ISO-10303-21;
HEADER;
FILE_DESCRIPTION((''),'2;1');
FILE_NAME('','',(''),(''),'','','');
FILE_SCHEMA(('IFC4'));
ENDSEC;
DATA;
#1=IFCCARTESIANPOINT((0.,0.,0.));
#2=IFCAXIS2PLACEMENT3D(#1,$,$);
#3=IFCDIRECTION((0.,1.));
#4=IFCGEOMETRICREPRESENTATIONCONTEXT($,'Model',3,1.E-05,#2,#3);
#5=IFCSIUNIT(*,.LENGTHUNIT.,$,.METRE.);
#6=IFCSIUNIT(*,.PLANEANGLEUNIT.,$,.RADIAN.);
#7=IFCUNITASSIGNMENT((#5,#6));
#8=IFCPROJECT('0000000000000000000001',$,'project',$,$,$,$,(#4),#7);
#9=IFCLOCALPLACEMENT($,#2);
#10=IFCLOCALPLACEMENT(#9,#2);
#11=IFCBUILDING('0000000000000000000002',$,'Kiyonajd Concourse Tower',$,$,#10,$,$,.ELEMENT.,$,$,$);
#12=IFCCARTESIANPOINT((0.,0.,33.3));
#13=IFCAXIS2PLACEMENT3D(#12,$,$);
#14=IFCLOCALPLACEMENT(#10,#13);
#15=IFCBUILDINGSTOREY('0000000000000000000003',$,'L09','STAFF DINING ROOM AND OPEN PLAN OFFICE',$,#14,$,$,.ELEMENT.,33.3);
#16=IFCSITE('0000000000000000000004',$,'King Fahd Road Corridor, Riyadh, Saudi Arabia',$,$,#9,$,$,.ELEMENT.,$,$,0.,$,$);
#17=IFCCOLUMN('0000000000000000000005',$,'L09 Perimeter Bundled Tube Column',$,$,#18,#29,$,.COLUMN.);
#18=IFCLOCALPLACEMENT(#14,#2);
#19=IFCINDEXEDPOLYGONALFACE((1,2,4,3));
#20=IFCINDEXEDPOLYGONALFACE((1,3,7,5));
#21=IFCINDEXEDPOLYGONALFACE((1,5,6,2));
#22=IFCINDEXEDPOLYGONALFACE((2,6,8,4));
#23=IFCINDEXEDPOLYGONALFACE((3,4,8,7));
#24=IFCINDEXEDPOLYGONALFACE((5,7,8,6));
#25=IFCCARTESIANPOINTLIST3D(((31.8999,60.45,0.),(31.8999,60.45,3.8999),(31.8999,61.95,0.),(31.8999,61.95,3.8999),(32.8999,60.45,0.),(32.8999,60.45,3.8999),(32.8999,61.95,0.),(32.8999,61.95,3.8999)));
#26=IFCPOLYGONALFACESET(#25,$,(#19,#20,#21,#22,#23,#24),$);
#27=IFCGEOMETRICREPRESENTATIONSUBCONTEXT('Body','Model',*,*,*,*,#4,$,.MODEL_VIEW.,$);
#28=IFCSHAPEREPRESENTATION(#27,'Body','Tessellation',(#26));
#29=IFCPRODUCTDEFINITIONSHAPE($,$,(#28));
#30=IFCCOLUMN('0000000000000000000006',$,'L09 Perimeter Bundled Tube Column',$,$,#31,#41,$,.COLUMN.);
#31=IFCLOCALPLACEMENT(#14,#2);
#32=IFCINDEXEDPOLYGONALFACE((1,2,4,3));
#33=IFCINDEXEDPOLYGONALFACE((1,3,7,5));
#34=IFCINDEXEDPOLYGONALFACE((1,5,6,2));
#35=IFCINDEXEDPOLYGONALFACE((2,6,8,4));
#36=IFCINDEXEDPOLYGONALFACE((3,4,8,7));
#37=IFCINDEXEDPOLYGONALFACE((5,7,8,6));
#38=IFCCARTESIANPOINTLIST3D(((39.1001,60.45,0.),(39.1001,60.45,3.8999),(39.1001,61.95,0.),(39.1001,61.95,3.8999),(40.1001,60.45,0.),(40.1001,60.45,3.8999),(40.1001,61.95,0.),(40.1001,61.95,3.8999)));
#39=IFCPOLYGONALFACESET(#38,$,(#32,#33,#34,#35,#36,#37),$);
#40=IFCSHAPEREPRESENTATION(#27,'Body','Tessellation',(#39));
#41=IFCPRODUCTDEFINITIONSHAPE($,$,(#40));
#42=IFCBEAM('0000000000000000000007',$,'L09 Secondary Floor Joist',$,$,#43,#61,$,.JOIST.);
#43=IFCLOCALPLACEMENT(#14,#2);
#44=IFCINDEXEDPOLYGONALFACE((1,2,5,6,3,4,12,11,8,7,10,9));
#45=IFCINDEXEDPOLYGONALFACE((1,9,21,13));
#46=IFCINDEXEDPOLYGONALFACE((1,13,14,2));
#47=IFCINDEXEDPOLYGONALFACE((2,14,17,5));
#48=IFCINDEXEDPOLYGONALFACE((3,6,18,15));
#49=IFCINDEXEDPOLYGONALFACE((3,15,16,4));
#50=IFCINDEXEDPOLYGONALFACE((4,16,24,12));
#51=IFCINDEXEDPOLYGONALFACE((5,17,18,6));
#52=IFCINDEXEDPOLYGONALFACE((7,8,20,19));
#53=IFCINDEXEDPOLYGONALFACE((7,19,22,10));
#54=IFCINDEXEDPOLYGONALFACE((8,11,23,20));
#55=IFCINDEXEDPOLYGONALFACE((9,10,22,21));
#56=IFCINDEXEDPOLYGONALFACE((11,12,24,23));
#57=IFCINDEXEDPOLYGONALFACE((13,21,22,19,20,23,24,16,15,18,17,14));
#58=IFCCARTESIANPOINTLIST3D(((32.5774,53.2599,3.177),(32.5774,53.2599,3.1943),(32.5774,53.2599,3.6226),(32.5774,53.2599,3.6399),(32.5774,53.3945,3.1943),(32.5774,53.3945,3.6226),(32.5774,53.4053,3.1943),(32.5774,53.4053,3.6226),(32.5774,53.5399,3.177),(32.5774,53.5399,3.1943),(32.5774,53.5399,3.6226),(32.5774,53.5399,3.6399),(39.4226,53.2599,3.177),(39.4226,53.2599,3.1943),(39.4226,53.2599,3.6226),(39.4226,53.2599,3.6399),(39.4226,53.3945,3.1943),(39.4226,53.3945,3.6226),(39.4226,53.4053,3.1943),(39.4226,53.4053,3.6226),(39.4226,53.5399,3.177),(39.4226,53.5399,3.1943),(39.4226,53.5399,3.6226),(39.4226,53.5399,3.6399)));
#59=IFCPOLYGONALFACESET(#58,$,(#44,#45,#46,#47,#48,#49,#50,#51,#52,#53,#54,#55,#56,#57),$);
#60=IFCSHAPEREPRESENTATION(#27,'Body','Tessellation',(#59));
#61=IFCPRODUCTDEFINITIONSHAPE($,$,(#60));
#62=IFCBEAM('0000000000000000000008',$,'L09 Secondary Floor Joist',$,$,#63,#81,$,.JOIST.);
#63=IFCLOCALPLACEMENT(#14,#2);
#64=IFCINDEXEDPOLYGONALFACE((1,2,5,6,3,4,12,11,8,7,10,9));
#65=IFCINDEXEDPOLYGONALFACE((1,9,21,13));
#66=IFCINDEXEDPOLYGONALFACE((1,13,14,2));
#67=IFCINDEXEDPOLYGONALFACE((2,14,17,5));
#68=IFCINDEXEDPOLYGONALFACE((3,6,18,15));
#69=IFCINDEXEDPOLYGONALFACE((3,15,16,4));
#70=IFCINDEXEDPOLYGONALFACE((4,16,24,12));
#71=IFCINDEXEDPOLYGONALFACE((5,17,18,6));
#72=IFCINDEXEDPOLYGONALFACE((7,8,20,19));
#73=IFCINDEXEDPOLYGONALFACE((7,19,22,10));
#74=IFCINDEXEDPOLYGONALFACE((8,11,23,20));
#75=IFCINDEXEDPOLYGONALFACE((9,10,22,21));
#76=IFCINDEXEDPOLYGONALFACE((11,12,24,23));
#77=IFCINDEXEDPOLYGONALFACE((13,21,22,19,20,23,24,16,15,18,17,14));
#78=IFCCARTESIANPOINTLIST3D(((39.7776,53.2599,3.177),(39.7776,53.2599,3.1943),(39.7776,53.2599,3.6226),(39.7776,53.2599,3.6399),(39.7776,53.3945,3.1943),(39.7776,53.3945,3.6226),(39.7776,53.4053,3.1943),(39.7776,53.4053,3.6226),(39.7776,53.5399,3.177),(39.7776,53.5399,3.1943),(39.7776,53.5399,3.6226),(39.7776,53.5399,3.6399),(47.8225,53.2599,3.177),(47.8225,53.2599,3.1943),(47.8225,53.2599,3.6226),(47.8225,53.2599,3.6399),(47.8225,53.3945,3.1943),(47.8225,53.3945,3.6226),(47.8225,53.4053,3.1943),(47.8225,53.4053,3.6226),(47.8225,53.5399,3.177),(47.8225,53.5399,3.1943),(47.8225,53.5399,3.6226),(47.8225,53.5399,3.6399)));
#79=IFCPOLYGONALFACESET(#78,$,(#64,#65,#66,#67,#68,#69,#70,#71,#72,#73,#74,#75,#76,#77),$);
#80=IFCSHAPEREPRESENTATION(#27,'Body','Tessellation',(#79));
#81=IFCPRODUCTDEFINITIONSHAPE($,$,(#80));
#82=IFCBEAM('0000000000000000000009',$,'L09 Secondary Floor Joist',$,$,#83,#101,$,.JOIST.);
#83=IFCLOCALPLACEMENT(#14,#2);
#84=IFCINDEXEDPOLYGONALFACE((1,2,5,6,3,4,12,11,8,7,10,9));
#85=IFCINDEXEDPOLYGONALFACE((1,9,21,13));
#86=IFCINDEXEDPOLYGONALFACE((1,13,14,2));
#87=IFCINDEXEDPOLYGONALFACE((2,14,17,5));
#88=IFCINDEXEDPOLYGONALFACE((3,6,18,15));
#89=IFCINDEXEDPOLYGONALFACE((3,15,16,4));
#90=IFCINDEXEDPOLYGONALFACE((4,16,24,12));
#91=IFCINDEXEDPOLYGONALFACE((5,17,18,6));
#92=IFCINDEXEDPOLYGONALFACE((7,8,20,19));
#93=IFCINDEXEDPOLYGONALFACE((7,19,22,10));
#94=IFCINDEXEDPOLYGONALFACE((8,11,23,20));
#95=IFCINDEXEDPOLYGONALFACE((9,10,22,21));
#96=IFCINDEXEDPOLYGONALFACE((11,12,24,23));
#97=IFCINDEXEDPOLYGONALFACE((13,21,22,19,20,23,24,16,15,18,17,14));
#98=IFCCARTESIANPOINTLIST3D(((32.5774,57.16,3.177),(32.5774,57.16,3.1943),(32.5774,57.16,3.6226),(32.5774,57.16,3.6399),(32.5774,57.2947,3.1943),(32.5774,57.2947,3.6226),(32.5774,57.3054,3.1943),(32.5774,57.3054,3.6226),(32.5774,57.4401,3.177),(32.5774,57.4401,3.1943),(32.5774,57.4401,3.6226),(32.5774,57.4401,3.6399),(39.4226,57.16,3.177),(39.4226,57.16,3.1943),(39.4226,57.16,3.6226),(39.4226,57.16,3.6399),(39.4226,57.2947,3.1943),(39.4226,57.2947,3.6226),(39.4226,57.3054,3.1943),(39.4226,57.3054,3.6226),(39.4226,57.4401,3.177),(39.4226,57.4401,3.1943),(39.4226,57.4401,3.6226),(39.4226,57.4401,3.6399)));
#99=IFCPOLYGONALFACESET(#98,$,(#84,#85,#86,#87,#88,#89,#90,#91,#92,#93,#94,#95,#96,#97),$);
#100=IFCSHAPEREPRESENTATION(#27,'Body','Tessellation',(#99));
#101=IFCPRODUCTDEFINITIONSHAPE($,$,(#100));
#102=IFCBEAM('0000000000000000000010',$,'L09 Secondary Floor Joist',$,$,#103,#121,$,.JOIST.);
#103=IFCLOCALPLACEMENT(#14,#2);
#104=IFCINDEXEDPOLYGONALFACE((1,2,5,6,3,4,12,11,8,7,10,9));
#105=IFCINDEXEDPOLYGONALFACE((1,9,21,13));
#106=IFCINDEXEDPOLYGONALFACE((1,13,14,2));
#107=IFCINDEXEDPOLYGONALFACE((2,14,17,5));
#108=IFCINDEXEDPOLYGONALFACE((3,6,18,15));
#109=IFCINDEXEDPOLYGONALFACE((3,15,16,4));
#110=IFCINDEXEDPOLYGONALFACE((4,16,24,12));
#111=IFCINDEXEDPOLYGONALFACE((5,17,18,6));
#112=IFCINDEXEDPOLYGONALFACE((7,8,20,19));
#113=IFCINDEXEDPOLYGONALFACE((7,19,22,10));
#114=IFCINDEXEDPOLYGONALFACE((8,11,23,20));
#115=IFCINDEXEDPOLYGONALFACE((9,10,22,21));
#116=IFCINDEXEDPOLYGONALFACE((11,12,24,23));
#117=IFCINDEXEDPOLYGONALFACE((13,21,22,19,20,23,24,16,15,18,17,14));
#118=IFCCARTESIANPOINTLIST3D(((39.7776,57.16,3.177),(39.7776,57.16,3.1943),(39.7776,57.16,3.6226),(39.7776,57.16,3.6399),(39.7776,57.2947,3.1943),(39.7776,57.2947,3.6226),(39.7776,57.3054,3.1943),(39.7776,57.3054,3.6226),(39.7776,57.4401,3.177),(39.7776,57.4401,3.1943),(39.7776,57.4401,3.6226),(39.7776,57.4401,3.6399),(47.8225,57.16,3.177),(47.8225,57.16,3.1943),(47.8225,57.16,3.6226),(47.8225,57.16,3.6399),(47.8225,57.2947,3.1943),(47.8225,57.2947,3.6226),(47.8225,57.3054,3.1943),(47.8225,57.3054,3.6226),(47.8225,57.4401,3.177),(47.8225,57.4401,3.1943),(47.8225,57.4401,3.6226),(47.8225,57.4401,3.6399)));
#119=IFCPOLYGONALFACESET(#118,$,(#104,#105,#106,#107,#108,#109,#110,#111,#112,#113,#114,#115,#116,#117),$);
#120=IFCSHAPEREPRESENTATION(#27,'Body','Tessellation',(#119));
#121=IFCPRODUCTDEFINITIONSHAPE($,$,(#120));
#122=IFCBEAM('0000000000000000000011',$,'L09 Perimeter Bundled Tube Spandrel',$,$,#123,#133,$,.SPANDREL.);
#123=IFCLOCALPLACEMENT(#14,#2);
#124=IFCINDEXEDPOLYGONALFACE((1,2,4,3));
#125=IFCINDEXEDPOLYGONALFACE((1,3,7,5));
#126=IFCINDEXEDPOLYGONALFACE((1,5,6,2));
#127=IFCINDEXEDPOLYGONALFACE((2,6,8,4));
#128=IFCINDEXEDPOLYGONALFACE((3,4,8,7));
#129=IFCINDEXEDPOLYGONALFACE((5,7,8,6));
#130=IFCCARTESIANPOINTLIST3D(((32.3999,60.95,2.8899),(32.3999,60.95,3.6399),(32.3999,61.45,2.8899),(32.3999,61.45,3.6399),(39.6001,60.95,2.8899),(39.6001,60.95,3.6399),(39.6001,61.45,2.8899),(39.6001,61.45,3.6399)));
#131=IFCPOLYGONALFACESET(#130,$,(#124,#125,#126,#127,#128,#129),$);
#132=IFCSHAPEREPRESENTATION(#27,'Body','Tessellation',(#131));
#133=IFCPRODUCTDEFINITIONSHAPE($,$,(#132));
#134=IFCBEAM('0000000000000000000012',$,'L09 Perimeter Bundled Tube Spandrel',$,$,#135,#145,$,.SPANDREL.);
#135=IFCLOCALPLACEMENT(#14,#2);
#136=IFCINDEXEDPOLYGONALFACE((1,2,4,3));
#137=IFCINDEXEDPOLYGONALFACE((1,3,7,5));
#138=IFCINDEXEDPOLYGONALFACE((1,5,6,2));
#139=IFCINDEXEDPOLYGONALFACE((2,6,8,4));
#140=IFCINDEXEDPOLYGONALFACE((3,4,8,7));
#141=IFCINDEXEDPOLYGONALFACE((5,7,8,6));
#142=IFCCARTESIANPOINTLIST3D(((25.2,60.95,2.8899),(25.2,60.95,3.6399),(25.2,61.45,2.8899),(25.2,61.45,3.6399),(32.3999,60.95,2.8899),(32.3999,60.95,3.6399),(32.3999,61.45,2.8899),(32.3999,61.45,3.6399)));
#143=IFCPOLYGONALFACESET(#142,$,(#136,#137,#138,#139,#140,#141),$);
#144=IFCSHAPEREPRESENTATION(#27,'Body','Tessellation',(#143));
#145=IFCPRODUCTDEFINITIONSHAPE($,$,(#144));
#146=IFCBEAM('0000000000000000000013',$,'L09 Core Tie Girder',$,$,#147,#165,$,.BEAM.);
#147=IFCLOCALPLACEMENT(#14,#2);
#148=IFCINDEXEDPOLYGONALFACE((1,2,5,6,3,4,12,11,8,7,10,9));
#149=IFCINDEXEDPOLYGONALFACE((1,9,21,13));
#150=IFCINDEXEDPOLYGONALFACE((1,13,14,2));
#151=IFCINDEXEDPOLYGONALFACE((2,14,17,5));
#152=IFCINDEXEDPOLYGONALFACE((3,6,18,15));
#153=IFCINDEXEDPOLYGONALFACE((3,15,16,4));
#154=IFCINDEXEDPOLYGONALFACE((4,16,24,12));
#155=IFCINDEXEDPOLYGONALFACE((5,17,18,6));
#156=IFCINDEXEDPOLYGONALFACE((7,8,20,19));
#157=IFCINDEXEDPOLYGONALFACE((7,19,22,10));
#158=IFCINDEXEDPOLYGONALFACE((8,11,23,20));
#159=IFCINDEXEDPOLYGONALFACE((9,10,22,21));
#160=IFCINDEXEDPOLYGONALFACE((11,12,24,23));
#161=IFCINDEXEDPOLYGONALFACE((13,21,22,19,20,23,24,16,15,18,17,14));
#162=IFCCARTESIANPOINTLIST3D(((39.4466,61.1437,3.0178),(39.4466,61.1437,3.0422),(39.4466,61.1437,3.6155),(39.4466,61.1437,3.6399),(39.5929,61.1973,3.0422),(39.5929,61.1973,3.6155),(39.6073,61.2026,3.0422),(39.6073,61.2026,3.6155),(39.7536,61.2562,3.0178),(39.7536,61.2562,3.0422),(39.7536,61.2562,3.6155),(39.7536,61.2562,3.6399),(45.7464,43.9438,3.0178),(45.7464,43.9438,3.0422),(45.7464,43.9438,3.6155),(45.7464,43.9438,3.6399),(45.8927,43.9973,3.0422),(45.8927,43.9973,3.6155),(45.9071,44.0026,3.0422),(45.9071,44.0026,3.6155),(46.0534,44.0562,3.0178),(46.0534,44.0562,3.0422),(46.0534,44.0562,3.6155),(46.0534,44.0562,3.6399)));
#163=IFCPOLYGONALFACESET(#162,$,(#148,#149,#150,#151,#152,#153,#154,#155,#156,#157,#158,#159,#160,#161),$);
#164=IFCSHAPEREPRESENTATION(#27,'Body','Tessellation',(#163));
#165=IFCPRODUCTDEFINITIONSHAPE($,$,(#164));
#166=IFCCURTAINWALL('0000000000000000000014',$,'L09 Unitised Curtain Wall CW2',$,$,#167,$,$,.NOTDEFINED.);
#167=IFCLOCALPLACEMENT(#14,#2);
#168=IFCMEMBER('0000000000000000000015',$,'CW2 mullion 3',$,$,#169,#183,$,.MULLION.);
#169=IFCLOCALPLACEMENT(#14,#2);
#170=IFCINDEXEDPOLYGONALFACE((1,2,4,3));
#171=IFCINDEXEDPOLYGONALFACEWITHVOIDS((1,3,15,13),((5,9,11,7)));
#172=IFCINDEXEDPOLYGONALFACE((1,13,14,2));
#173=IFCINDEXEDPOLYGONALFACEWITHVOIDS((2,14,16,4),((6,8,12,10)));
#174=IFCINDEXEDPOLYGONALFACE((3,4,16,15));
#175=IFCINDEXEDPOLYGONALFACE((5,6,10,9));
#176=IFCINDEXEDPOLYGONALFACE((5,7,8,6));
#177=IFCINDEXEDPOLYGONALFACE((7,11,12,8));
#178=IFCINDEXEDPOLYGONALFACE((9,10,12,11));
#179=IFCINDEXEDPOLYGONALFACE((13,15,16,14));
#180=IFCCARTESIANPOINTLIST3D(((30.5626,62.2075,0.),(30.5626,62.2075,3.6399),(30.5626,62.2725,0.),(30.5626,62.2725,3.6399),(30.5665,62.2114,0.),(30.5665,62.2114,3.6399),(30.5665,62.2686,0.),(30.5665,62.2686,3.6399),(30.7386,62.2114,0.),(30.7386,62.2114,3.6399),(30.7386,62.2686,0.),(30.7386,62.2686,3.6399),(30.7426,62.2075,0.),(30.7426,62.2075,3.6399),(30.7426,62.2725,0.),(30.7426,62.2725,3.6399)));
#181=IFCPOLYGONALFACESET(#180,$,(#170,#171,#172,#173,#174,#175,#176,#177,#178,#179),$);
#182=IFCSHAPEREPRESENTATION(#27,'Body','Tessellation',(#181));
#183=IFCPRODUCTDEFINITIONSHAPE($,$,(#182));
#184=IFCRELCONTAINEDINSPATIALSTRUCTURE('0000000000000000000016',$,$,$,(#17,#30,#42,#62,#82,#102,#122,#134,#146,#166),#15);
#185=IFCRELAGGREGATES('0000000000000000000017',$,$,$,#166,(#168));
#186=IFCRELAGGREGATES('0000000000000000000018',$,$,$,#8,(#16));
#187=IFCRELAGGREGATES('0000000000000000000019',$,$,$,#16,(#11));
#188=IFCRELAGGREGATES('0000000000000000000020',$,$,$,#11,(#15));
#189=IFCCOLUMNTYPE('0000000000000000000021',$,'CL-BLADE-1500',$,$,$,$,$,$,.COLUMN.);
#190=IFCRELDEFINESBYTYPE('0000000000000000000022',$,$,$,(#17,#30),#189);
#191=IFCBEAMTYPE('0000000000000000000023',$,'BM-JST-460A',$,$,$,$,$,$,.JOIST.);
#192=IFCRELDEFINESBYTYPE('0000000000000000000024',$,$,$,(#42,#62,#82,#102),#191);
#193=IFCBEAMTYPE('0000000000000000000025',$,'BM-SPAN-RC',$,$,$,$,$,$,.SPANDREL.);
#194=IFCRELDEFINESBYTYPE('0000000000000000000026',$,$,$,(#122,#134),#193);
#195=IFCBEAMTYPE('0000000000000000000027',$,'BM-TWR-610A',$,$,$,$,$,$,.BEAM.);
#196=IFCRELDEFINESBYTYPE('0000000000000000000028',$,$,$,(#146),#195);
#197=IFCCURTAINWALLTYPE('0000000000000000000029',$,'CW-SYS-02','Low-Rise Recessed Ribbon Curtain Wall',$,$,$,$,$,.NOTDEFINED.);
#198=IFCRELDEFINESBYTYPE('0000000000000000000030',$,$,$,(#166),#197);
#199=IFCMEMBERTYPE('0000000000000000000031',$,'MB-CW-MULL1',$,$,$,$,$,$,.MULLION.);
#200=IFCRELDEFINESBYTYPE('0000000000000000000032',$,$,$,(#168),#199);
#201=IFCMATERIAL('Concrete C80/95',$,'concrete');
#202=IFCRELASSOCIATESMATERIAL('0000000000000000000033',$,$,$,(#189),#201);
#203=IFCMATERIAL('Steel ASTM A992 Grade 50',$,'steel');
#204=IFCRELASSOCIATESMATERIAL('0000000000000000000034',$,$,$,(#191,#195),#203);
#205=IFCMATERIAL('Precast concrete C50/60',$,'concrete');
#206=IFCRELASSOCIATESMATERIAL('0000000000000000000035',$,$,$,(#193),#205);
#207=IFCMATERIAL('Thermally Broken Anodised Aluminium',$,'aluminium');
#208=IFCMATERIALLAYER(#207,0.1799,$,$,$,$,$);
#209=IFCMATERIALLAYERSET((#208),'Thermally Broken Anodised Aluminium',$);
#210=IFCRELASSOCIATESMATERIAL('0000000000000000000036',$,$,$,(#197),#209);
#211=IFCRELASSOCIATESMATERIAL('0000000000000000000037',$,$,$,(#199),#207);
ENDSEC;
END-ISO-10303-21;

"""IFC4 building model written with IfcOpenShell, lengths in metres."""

from ifc_helpers import new_model, si_unit, direction, frame, origin, origin_2d, place, context, subcontext, project, spatial, rectangle, hollow_rectangle, i_section, extrude, material, layer, layer_set, material_profile, profile_set, type_object, element, aggregate, save


model = new_model("IFC4")

# Units and contexts
model_context = context("Model", 3, precision=1e-05, world=origin(), true_north=direction((0.0, 1.0)))
body_context = subcontext(model_context, "Body", "Model", "MODEL_VIEW")
ifc_project = project(units=[si_unit("LENGTHUNIT", "METRE"), si_unit("PLANEANGLEUNIT", "RADIAN")], contexts=[model_context])

# Site, building, storey
site_placement = place(None, origin())
site = spatial("IfcSite", under=ifc_project, at=site_placement, Name="King Fahd Road Corridor, Riyadh, Saudi Arabia", CompositionType="ELEMENT", RefElevation=0.0)
building_placement = place(site_placement, origin())
building = spatial("IfcBuilding", under=site, at=building_placement, Name="Kiyonajd Concourse Tower", CompositionType="ELEMENT")
storey_placement = place(building_placement, frame((0.0, 0.0, 33.3)))
storey = spatial("IfcBuildingStorey", under=building, at=storey_placement, Name="L09", Description="STAFF DINING ROOM AND OPEN PLAN OFFICE", CompositionType="ELEMENT", Elevation=33.3)

# Columns
ifc_material_1 = material(Name="Concrete C80/95", Category="concrete")
ifc_material_profile_1 = material_profile(ifc_material_1, rectangle(XDim=1.0, YDim=1.5, at=origin_2d()), Name="RC-1500x1000")
ifc_profile_set_1 = profile_set([ifc_material_profile_1], Name="Concrete C80/95")
column_type = type_object("IfcColumnType", Name="CL-BLADE-1500", PredefinedType="COLUMN", material=ifc_profile_set_1)
for number, where, z_axis, x_axis, name in (
    (1, (32.3999, 61.2, 0.0), (0.0, 0.0, 1.0), (1.0, 0.0, 0.0), "L09 Perimeter Bundled Tube Column"),
    (2, (39.6001, 61.2, 0.0), (0.0, 0.0, 1.0), (1.0, 0.0, 0.0), "L09 Perimeter Bundled Tube Column"),
):
    element("IfcColumn", number, at=place(storey_placement, frame(where, z_axis=z_axis, x_axis=x_axis)), inside=storey, type_object=column_type, Name=name, PredefinedType="COLUMN", context=body_context, shape_type="SweptSolid", body=[
        extrude(rectangle(XDim=1.0, YDim=1.5, at=origin_2d()), origin(), (0.0, 0.0, 1.0), 3.8999),
    ])

# Beams
ifc_material_2 = material(Name="Steel ASTM A992 Grade 50", Category="steel")
ifc_material_profile_2 = material_profile(ifc_material_2, i_section(OverallWidth=0.28, OverallDepth=0.4629, WebThickness=0.0107, FlangeThickness=0.0173, at=origin_2d()), Name="W460X113")
ifc_profile_set_2 = profile_set([ifc_material_profile_2], Name="Steel ASTM A992 Grade 50")
beam_type_1 = type_object("IfcBeamType", Name="BM-JST-460A", PredefinedType="JOIST", material=ifc_profile_set_2)
beam_1_placement = place(storey_placement, frame((32.5774, 53.3999, 3.4084), z_axis=(1.0, 0.0, 0.0), x_axis=(0.0, 1.0, 0.0)))
element("IfcBeam", 3, at=beam_1_placement, inside=storey, type_object=beam_type_1, Name="L09 Secondary Floor Joist", PredefinedType="JOIST", context=body_context, shape_type="SweptSolid", body=[
    extrude(i_section(OverallWidth=0.28, OverallDepth=0.4629, WebThickness=0.0107, FlangeThickness=0.0173, at=origin_2d()), origin(), (0.0, 0.0, 1.0), 6.8452),
])
beam_2_placement = place(storey_placement, frame((39.7776, 53.3999, 3.4084), z_axis=(1.0, 0.0, 0.0), x_axis=(0.0, 1.0, 0.0)))
element("IfcBeam", 4, at=beam_2_placement, inside=storey, type_object=beam_type_1, Name="L09 Secondary Floor Joist", PredefinedType="JOIST", context=body_context, shape_type="SweptSolid", body=[
    extrude(i_section(OverallWidth=0.28, OverallDepth=0.4629, WebThickness=0.0107, FlangeThickness=0.0173, at=origin_2d()), origin(), (0.0, 0.0, 1.0), 8.0449),
])
beam_3_placement = place(storey_placement, frame((32.5774, 57.3, 3.4084), z_axis=(1.0, 0.0, 0.0), x_axis=(0.0, 1.0, 0.0)))
element("IfcBeam", 5, at=beam_3_placement, inside=storey, type_object=beam_type_1, Name="L09 Secondary Floor Joist", PredefinedType="JOIST", context=body_context, shape_type="SweptSolid", body=[
    extrude(i_section(OverallWidth=0.28, OverallDepth=0.4629, WebThickness=0.0107, FlangeThickness=0.0173, at=origin_2d()), origin(), (0.0, 0.0, 1.0), 6.8452),
])
beam_4_placement = place(storey_placement, frame((39.7776, 57.3, 3.4084), z_axis=(1.0, 0.0, 0.0), x_axis=(0.0, 1.0, 0.0)))
element("IfcBeam", 6, at=beam_4_placement, inside=storey, type_object=beam_type_1, Name="L09 Secondary Floor Joist", PredefinedType="JOIST", context=body_context, shape_type="SweptSolid", body=[
    extrude(i_section(OverallWidth=0.28, OverallDepth=0.4629, WebThickness=0.0107, FlangeThickness=0.0173, at=origin_2d()), origin(), (0.0, 0.0, 1.0), 8.0449),
])
ifc_material_3 = material(Name="Precast concrete C50/60", Category="concrete")
ifc_material_profile_3 = material_profile(ifc_material_3, rectangle(XDim=0.5, YDim=0.75, at=origin_2d()), Name="RCBM-500x750")
ifc_profile_set_3 = profile_set([ifc_material_profile_3], Name="Precast concrete C50/60")
beam_type_2 = type_object("IfcBeamType", Name="BM-SPAN-RC", PredefinedType="SPANDREL", material=ifc_profile_set_3)
beam_5_placement = place(storey_placement, frame((39.6001, 61.2, 3.2649), z_axis=(-1.0, 0.0, 0.0), x_axis=(0.0, -1.0, 0.0)))
element("IfcBeam", 7, at=beam_5_placement, inside=storey, type_object=beam_type_2, Name="L09 Perimeter Bundled Tube Spandrel", PredefinedType="SPANDREL", context=body_context, shape_type="SweptSolid", body=[
    extrude(rectangle(XDim=0.5, YDim=0.75, at=origin_2d()), origin(), (0.0, 0.0, 1.0), 7.2002),
])
beam_6_placement = place(storey_placement, frame((32.3999, 61.2, 3.2649), z_axis=(-1.0, 0.0, 0.0), x_axis=(0.0, -1.0, 0.0)))
element("IfcBeam", 8, at=beam_6_placement, inside=storey, type_object=beam_type_2, Name="L09 Perimeter Bundled Tube Spandrel", PredefinedType="SPANDREL", context=body_context, shape_type="SweptSolid", body=[
    extrude(rectangle(XDim=0.5, YDim=0.75, at=origin_2d()), origin(), (0.0, 0.0, 1.0), 7.2),
])
ifc_material_profile_4 = material_profile(ifc_material_2, i_section(OverallWidth=0.3269, OverallDepth=0.6221, WebThickness=0.0154, FlangeThickness=0.0244, at=origin_2d()), Name="W610X195")
ifc_profile_set_4 = profile_set([ifc_material_profile_4], Name="Steel ASTM A992 Grade 50")
beam_type_3 = type_object("IfcBeamType", Name="BM-TWR-610A", PredefinedType="BEAM", material=ifc_profile_set_4)
beam_7_placement = place(storey_placement, frame((39.6001, 61.2, 3.3289), z_axis=(0.343925, -0.938997, 0.0), x_axis=(0.938997, 0.343925, 0.0)))
element("IfcBeam", 9, at=beam_7_placement, inside=storey, type_object=beam_type_3, Name="L09 Core Tie Girder", PredefinedType="BEAM", context=body_context, shape_type="SweptSolid", body=[
    extrude(i_section(OverallWidth=0.3269, OverallDepth=0.6221, WebThickness=0.0154, FlangeThickness=0.0244, at=origin_2d()), origin(), (0.0, 0.0, 1.0), 18.3174),
])

# Curtain wall, member
ifc_material_4 = material(Name="Thermally Broken Anodised Aluminium", Category="aluminium")
ifc_layer_1 = layer(ifc_material_4, 0.1799)
ifc_layer_set_1 = layer_set([ifc_layer_1], Name="Thermally Broken Anodised Aluminium")
curtain_wall_type = type_object("IfcCurtainWallType", Name="CW-SYS-02", Description="Low-Rise Recessed Ribbon Curtain Wall", PredefinedType="NOTDEFINED", material=ifc_layer_set_1)
curtain_wall_placement = place(storey_placement, origin())
curtain_wall = element("IfcCurtainWall", 10, at=curtain_wall_placement, inside=storey, type_object=curtain_wall_type, Name="L09 Unitised Curtain Wall CW2", PredefinedType="NOTDEFINED")
ifc_material_profile_5 = material_profile(ifc_material_4, hollow_rectangle(XDim=0.0649, YDim=0.1799, WallThickness=0.0039, at=origin_2d()), Name="MULL-65x180")
ifc_profile_set_5 = profile_set([ifc_material_profile_5], Name="Thermally Broken Anodised Aluminium")
member_type_1 = type_object("IfcMemberType", Name="MB-CW-MULL1", PredefinedType="MULLION", material=ifc_profile_set_5)
member_1_placement = place(storey_placement, frame((30.6526, 62.24, 0.0), z_axis=(0.0, 0.0, 1.0), x_axis=(0.0, 1.0, 0.0)))
member_1 = element("IfcMember", 11, at=member_1_placement, type_object=member_type_1, Name="CW2 mullion 3", PredefinedType="MULLION", context=body_context, shape_type="SweptSolid", body=[
    extrude(hollow_rectangle(XDim=0.0649, YDim=0.1799, WallThickness=0.0039, at=origin_2d()), origin(), (0.0, 0.0, 1.0), 3.6399),
])
aggregate(curtain_wall, [member_1])

save(model, "model.ifc")
